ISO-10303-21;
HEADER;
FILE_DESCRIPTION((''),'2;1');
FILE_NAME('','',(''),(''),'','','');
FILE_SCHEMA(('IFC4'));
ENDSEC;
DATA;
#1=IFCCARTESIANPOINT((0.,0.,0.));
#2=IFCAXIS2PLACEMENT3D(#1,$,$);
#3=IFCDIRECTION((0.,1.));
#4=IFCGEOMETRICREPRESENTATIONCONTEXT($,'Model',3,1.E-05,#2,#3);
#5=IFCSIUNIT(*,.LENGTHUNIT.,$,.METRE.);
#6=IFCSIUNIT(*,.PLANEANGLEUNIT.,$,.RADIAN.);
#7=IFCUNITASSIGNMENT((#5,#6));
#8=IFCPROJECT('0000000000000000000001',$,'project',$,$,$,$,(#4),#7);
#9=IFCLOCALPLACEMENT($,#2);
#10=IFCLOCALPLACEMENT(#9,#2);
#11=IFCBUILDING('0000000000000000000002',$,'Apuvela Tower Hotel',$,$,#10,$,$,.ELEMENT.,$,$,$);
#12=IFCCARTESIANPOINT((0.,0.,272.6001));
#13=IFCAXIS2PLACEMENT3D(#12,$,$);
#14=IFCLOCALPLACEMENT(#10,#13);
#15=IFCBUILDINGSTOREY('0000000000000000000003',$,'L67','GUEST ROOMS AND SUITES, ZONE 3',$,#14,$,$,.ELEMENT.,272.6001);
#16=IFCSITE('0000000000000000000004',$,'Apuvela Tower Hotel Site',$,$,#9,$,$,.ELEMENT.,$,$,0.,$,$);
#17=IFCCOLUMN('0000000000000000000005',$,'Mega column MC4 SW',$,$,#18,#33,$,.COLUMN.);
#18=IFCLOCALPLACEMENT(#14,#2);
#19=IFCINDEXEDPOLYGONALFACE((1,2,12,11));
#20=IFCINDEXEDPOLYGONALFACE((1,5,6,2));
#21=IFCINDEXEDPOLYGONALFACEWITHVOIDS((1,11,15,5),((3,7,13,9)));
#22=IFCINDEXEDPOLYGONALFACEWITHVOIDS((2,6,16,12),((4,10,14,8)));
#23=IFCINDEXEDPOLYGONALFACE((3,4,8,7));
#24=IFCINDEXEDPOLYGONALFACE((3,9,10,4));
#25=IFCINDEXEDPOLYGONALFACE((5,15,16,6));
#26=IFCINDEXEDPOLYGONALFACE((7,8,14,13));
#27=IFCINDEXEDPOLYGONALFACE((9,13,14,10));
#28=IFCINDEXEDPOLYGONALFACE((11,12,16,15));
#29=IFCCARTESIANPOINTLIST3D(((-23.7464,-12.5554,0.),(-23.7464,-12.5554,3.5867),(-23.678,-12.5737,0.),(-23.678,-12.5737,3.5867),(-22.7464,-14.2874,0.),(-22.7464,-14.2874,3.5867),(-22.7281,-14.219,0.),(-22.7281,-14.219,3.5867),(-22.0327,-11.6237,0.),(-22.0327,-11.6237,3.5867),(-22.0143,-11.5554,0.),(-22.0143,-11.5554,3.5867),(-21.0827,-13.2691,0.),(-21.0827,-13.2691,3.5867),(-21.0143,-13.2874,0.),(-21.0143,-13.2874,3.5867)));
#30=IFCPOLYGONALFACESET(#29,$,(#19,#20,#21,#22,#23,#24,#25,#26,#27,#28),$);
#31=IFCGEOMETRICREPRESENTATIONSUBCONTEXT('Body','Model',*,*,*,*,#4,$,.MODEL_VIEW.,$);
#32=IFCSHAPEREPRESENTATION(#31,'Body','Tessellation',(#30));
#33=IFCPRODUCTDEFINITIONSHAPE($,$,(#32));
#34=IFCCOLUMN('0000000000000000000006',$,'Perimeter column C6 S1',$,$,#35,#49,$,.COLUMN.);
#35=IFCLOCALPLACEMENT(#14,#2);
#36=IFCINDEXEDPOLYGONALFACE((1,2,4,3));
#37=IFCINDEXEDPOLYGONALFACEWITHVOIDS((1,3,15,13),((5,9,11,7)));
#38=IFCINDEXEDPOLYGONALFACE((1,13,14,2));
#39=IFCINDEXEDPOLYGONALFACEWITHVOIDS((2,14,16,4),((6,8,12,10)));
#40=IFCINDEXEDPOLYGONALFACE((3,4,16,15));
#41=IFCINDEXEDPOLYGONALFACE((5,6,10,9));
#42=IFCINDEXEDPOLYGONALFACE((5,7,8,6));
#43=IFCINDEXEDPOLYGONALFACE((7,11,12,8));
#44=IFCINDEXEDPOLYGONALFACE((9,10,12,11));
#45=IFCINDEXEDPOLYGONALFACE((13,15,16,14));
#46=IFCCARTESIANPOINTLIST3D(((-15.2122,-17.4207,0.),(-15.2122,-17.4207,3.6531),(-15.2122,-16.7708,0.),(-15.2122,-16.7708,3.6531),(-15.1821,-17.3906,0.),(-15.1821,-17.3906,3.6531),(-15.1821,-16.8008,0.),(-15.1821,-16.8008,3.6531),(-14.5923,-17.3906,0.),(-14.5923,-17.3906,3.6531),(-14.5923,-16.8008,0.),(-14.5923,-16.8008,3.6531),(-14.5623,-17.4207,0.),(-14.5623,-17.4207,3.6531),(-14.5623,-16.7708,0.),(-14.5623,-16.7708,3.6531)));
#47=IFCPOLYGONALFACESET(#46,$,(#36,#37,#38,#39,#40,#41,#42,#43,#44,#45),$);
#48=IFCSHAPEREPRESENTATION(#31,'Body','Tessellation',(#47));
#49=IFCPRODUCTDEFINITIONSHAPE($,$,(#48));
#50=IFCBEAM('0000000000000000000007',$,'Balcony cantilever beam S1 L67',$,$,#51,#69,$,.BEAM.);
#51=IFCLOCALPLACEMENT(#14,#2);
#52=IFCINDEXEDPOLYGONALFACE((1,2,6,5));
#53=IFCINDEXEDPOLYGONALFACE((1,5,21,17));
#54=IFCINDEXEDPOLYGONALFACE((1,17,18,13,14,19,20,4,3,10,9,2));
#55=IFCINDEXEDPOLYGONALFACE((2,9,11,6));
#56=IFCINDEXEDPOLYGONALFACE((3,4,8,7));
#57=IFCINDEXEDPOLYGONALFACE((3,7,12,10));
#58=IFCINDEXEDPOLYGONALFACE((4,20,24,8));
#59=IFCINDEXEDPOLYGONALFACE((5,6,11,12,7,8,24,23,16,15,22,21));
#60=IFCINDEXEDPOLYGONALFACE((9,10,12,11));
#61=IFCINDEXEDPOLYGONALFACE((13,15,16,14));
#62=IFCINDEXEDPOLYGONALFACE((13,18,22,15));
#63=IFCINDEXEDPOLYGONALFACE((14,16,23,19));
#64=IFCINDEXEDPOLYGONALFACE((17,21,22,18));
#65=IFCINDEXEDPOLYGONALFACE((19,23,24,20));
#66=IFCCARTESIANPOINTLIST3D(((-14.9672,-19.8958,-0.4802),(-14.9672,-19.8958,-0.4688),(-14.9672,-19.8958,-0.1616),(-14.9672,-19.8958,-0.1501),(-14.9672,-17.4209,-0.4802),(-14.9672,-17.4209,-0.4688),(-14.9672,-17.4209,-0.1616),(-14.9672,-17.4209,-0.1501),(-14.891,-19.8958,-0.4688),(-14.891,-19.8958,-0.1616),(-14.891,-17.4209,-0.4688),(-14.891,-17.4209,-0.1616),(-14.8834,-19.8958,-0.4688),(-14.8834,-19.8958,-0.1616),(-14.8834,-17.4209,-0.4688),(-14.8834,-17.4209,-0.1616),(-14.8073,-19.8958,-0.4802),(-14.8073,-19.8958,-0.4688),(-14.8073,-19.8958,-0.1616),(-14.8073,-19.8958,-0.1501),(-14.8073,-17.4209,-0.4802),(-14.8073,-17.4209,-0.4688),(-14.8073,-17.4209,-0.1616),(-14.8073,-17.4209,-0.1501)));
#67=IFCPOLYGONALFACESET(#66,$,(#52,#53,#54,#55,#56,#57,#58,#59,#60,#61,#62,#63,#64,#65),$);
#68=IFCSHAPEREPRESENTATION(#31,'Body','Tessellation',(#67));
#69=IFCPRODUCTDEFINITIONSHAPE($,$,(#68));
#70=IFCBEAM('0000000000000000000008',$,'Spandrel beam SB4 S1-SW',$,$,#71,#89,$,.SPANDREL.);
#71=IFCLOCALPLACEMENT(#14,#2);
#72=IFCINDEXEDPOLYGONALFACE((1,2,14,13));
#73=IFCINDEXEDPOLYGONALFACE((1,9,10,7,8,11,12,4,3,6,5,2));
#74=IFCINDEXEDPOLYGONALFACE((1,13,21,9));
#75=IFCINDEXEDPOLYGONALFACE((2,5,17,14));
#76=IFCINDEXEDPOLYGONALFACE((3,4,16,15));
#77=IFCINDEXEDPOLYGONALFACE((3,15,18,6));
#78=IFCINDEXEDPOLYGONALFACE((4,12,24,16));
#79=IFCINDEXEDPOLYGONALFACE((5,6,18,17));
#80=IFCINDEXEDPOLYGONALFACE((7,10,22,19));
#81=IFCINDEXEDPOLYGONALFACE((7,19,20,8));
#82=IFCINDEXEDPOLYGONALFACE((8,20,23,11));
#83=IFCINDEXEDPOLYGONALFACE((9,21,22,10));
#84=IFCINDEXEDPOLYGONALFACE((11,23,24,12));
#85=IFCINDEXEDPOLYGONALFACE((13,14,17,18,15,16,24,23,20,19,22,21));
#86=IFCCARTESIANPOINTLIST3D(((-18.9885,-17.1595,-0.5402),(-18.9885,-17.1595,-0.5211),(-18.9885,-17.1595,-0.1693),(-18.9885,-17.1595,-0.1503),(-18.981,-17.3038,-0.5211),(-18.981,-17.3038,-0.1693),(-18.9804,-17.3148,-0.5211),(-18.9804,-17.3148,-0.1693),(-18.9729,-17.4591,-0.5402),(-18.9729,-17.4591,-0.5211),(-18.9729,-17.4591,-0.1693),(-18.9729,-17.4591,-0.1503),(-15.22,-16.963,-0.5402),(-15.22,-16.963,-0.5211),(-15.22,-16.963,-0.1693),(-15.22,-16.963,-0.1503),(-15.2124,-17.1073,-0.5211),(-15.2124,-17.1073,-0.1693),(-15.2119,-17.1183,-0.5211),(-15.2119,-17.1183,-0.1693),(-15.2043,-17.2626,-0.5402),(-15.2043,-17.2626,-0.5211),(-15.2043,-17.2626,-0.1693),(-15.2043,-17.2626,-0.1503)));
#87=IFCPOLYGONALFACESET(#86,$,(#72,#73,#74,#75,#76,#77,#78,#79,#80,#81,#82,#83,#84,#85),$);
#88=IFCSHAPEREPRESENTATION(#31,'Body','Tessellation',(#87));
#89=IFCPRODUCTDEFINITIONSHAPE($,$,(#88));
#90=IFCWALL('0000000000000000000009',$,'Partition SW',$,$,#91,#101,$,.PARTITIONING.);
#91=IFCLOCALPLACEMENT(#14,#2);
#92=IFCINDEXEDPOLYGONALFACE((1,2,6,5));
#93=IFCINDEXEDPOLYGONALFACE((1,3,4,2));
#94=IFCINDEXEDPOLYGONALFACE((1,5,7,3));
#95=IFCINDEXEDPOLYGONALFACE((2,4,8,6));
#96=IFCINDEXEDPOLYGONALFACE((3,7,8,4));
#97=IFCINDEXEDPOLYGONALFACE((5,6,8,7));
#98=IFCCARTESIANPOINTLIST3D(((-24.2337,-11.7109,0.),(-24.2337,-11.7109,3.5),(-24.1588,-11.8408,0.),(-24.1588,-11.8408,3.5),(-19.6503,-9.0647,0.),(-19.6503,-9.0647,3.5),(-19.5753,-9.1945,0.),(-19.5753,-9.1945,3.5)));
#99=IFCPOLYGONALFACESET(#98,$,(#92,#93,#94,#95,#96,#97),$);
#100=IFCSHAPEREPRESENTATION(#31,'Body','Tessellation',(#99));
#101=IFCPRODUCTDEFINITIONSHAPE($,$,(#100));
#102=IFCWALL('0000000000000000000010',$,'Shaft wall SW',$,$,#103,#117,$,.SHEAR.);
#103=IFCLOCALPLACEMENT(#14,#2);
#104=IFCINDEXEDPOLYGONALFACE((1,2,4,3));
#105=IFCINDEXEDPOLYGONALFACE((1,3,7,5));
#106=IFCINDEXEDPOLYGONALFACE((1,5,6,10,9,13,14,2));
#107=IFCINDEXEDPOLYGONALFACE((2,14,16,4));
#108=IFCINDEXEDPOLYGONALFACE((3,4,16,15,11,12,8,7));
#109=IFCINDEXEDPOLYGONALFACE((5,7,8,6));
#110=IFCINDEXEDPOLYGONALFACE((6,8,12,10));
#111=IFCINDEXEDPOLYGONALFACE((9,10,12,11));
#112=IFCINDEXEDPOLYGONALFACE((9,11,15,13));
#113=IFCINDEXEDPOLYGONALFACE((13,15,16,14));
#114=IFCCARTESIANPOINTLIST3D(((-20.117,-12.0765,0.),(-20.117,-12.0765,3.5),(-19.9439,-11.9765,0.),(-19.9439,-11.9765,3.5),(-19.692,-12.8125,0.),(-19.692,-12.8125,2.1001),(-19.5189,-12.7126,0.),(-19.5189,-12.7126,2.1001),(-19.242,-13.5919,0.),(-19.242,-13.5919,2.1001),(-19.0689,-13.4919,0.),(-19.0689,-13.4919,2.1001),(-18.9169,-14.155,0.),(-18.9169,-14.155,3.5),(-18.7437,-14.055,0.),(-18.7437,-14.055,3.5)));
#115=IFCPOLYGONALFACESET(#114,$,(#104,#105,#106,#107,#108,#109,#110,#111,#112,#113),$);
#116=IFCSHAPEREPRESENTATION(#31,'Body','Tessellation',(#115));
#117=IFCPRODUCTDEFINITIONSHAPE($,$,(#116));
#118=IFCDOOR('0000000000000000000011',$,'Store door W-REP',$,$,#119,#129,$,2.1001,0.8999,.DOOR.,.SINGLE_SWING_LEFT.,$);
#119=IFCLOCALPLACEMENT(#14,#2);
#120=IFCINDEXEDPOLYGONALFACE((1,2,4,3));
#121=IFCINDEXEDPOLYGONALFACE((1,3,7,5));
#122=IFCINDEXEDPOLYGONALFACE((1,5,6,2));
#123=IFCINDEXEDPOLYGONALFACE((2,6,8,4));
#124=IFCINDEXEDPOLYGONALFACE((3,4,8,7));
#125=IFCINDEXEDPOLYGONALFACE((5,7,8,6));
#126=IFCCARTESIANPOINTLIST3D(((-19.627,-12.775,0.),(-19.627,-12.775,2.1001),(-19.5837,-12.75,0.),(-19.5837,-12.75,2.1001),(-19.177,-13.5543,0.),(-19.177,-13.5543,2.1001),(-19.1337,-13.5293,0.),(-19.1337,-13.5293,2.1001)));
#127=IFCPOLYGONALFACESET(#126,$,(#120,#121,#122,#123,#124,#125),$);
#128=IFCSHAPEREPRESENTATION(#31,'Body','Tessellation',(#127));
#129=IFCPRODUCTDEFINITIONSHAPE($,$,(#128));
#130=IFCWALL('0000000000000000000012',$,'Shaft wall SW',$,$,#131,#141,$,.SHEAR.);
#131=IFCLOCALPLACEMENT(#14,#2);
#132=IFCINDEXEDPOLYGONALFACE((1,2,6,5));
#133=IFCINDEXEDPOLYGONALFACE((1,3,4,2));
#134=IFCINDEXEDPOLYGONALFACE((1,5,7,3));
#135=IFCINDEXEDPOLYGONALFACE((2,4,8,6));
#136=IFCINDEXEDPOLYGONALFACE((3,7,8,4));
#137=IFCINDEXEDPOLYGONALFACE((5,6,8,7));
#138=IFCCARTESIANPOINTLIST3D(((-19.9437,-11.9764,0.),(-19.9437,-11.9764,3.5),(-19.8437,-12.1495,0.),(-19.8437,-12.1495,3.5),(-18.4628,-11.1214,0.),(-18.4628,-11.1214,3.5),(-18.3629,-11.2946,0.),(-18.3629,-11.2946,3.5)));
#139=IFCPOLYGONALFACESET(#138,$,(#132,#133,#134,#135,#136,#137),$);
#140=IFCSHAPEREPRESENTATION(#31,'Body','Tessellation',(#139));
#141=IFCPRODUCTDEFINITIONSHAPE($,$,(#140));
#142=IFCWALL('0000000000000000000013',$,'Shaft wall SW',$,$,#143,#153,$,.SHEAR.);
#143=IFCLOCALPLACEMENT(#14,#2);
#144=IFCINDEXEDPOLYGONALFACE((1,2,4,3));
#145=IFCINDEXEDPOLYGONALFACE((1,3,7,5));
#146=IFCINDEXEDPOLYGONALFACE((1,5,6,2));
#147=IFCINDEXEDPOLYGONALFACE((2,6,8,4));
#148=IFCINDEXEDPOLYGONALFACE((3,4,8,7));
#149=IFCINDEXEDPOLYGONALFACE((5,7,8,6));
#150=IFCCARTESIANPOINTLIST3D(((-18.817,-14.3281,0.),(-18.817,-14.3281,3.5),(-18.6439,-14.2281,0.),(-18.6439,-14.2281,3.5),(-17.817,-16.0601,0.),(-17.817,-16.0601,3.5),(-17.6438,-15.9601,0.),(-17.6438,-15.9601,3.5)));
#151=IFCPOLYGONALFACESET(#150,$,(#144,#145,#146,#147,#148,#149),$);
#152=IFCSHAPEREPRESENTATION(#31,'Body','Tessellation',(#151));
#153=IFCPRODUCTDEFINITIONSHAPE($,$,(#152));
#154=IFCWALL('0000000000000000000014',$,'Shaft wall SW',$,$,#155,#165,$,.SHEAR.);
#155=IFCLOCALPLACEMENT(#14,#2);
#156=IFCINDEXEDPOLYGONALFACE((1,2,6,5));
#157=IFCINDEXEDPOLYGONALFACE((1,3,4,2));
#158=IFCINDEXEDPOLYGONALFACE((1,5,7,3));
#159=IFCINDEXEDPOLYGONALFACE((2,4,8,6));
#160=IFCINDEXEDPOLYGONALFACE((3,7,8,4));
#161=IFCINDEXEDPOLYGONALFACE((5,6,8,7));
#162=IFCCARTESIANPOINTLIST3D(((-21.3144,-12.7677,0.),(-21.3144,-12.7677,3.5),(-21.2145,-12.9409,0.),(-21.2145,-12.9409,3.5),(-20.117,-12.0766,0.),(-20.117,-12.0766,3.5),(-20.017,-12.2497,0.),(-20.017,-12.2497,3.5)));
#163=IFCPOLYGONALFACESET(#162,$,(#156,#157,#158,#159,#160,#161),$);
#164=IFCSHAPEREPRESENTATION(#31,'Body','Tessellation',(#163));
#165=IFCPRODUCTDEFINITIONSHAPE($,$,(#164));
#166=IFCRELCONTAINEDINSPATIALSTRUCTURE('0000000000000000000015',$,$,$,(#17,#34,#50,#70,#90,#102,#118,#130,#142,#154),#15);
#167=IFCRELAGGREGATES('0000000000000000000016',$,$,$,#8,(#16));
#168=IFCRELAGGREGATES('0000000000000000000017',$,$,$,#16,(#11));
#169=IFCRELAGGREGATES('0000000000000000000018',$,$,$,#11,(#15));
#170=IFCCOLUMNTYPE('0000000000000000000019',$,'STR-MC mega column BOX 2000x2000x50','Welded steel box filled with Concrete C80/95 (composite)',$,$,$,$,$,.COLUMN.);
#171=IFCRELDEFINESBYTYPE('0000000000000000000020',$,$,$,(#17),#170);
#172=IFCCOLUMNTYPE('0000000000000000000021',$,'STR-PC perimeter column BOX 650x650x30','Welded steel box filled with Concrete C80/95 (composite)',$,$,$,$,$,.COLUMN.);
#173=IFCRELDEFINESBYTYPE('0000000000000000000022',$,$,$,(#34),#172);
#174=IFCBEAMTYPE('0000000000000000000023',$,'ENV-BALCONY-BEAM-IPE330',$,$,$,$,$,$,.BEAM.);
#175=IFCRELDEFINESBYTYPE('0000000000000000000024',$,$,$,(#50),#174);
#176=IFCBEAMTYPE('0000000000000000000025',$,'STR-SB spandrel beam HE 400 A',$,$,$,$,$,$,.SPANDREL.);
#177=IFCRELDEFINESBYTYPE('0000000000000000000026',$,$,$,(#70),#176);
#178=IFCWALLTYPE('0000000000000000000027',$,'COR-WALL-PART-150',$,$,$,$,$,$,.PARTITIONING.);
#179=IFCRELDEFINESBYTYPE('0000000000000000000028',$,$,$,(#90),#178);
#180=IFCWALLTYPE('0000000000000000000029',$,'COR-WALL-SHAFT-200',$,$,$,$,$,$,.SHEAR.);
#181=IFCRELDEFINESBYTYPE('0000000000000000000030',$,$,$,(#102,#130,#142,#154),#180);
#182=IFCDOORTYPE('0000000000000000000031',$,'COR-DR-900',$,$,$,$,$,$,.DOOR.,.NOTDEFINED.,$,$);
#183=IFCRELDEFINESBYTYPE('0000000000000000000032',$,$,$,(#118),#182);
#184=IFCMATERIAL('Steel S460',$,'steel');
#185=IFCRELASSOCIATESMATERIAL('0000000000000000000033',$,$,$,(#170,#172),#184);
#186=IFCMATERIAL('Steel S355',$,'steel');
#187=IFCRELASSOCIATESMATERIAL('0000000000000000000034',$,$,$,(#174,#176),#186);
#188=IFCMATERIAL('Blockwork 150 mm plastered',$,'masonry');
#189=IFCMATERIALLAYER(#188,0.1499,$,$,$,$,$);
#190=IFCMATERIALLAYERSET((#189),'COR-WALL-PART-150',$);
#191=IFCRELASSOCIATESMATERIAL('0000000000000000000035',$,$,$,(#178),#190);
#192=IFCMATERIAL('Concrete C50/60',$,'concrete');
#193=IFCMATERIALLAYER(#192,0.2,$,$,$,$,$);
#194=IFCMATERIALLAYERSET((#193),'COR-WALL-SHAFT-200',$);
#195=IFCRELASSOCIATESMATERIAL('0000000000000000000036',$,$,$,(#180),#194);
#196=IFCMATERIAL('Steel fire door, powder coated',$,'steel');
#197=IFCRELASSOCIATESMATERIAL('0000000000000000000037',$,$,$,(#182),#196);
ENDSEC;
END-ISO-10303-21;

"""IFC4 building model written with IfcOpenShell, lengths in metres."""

from ifc_helpers import new_model, si_unit, direction, frame, frame_2d, origin, origin_2d, place, context, subcontext, project, spatial, rectangle, hollow_rectangle, i_section, extrude, boolean, halfspace, material, layer, layer_set, material_profile, profile_set, type_object, element, fill, save


model = new_model("IFC4")

# Units and contexts
model_context = context("Model", 3, precision=1e-05, world=origin(), true_north=direction((0.0, 1.0)))
body_context = subcontext(model_context, "Body", "Model", "MODEL_VIEW")
ifc_project = project(units=[si_unit("LENGTHUNIT", "METRE"), si_unit("PLANEANGLEUNIT", "RADIAN")], contexts=[model_context])

# Site, building, storey
site_placement = place(None, origin())
site = spatial("IfcSite", under=ifc_project, at=site_placement, Name="Apuvela Tower Hotel Site", CompositionType="ELEMENT", RefElevation=0.0)
building_placement = place(site_placement, origin())
building = spatial("IfcBuilding", under=site, at=building_placement, Name="Apuvela Tower Hotel", CompositionType="ELEMENT")
storey_placement = place(building_placement, frame((0.0, 0.0, 272.6001)))
storey = spatial("IfcBuildingStorey", under=building, at=storey_placement, Name="L67", Description="GUEST ROOMS AND SUITES, ZONE 3", CompositionType="ELEMENT", Elevation=272.6001)

# Columns
ifc_material_1 = material(Name="Steel S460", Category="steel")
ifc_material_profile_1 = material_profile(ifc_material_1, hollow_rectangle(XDim=2.0, YDim=2.0, WallThickness=0.05, at=origin_2d()), Name="BOX 2000x2000x50")
ifc_material_2 = material(Name="Concrete C80/95", Category="concrete")
ifc_material_profile_2 = material_profile(ifc_material_2, rectangle(XDim=1.8999, YDim=1.8999, at=origin_2d()), Name="Concrete C80/95 infill")
ifc_profile_set_1 = profile_set([ifc_material_profile_1, ifc_material_profile_2], Name="Steel S460")
column_type_1 = type_object("IfcColumnType", Name="STR-MC mega column BOX 2000x2000x50", Description="Welded steel box filled with Concrete C80/95 (composite)", PredefinedType="COLUMN", material=ifc_profile_set_1)
column_1_placement = place(storey_placement, frame((-22.3804, -12.9214, 0.0), z_axis=(0.0, 0.0, 1.0), x_axis=(-0.5, 0.866025, 0.0)))
element("IfcColumn", 1, at=column_1_placement, inside=storey, type_object=column_type_1, Name="Mega column MC4 SW", PredefinedType="COLUMN", context=body_context, shape_type="SweptSolid", body=[
    boolean("DIFFERENCE", extrude(hollow_rectangle(XDim=2.0, YDim=2.0, WallThickness=0.05, at=origin_2d()), origin(), (0.0, 0.0, 1.0), 3.7), halfspace(frame((0.0, 0.0, 3.5867), z_axis=(0.0, 0.0, 1.0), x_axis=(1.0, 0.0, 0.0)), False)),
])
ifc_material_profile_3 = material_profile(ifc_material_1, hollow_rectangle(XDim=0.6499, YDim=0.6499, WallThickness=0.03, at=origin_2d()), Name="BOX 650x650x30")
ifc_material_profile_4 = material_profile(ifc_material_2, rectangle(XDim=0.5901, YDim=0.5901, at=origin_2d()), Name="Concrete C80/95 infill")
ifc_profile_set_2 = profile_set([ifc_material_profile_3, ifc_material_profile_4], Name="Steel S460")
column_type_2 = type_object("IfcColumnType", Name="STR-PC perimeter column BOX 650x650x30", Description="Welded steel box filled with Concrete C80/95 (composite)", PredefinedType="COLUMN", material=ifc_profile_set_2)
column_2_placement = place(storey_placement, frame((-14.8872, -17.0957, 0.0), z_axis=(0.0, 0.0, 1.0), x_axis=(-1.0, 0.0, 0.0)))
element("IfcColumn", 2, at=column_2_placement, inside=storey, type_object=column_type_2, Name="Perimeter column C6 S1", PredefinedType="COLUMN", context=body_context, shape_type="SweptSolid", body=[
    boolean("DIFFERENCE", extrude(hollow_rectangle(XDim=0.6499, YDim=0.6499, WallThickness=0.03, at=origin_2d()), origin(), (0.0, 0.0, 1.0), 3.7), halfspace(frame((0.0, 0.0, 3.6531), z_axis=(0.0, 0.0, 1.0), x_axis=(1.0, 0.0, 0.0)), False)),
])

# Beams
ifc_material_3 = material(Name="Steel S355", Category="steel")
ifc_material_profile_5 = material_profile(ifc_material_3, i_section(OverallWidth=0.1599, OverallDepth=0.3301, WebThickness=0.0076, FlangeThickness=0.0115, at=origin_2d()), Name="IPE 330")
ifc_profile_set_3 = profile_set([ifc_material_profile_5], Name="Steel S355")
beam_type_1 = type_object("IfcBeamType", Name="ENV-BALCONY-BEAM-IPE330", PredefinedType="BEAM", material=ifc_profile_set_3)
beam_1_placement = place(storey_placement, frame((-14.8872, -17.4209, -0.3152), z_axis=(0.0, -1.0, 0.0), x_axis=(1.0, 0.0, 0.0)))
element("IfcBeam", 3, at=beam_1_placement, inside=storey, type_object=beam_type_1, Name="Balcony cantilever beam S1 L67", PredefinedType="BEAM", context=body_context, shape_type="SweptSolid", body=[
    extrude(i_section(OverallWidth=0.1599, OverallDepth=0.3301, WebThickness=0.0076, FlangeThickness=0.0115, at=origin_2d()), origin(), (0.0, 0.0, 1.0), 2.4749),
])
ifc_material_profile_6 = material_profile(ifc_material_3, i_section(OverallWidth=0.3, OverallDepth=0.3899, WebThickness=0.011, FlangeThickness=0.019, at=origin_2d()), Name="HE 400 A")
ifc_profile_set_4 = profile_set([ifc_material_profile_6], Name="Steel S355")
beam_type_2 = type_object("IfcBeamType", Name="STR-SB spandrel beam HE 400 A", PredefinedType="SPANDREL", material=ifc_profile_set_4)
beam_2_placement = place(storey_placement, frame((-15.2122, -17.1128, -0.3452), z_axis=(-0.998643, -0.05208, 0.0), x_axis=(0.05208, -0.998643, 0.0)))
element("IfcBeam", 4, at=beam_2_placement, inside=storey, type_object=beam_type_2, Name="Spandrel beam SB4 S1-SW", PredefinedType="SPANDREL", context=body_context, shape_type="SweptSolid", body=[
    extrude(i_section(OverallWidth=0.3, OverallDepth=0.3899, WebThickness=0.011, FlangeThickness=0.019, at=origin_2d()), origin(), (0.0, 0.0, 1.0), 3.7737),
])

# Wall
ifc_material_4 = material(Name="Blockwork 150 mm plastered", Category="masonry")
ifc_layer_1 = layer(ifc_material_4, 0.1499)
ifc_layer_set_1 = layer_set([ifc_layer_1], Name="COR-WALL-PART-150")
wall_type_1 = type_object("IfcWallType", Name="COR-WALL-PART-150", PredefinedType="PARTITIONING", material=ifc_layer_set_1)
wall_1_placement = place(storey_placement, frame((-19.6128, -9.1296, 0.0), z_axis=(0.0, 0.0, 1.0), x_axis=(-0.866029, -0.499994, 0.0)))
element("IfcWall", 5, at=wall_1_placement, inside=storey, type_object=wall_type_1, Name="Partition SW", PredefinedType="PARTITIONING", context=body_context, shape_type="SweptSolid", body=[
    extrude(rectangle(XDim=5.2925, YDim=0.1499, at=frame_2d((2.6462, 0.0))), origin(), (0.0, 0.0, 1.0), 3.5),
])

# Wall, opening, door
ifc_material_5 = material(Name="Concrete C50/60", Category="concrete")
ifc_layer_2 = layer(ifc_material_5, 0.2)
ifc_layer_set_2 = layer_set([ifc_layer_2], Name="COR-WALL-SHAFT-200")
wall_type_2 = type_object("IfcWallType", Name="COR-WALL-SHAFT-200", PredefinedType="SHEAR", material=ifc_layer_set_2)
wall_2_placement = place(storey_placement, frame((-20.0305, -12.0264, 0.0), z_axis=(0.0, 0.0, 1.0), x_axis=(0.500034, -0.866006, 0.0)))
wall_2 = element("IfcWall", 6, at=wall_2_placement, inside=storey, type_object=wall_type_2, Name="Shaft wall SW", PredefinedType="SHEAR", context=body_context, shape_type="SweptSolid", body=[
    extrude(rectangle(XDim=2.4001, YDim=0.2, at=frame_2d((1.2002, 0.0))), origin(), (0.0, 0.0, 1.0), 3.5),
])
opening_1_placement = place(wall_2_placement, frame((0.8501, 0.0, 0.0)))
opening_1 = element("IfcOpeningElement", 7, at=opening_1_placement, cuts=wall_2, PredefinedType="OPENING", context=body_context, shape_type="SweptSolid", body=[
    extrude(rectangle(XDim=0.8999, YDim=2.1001, at=frame_2d((0.45, 1.05))), frame((0.0, 0.1099, 0.0), z_axis=(0.0, -1.0, 0.0), x_axis=(1.0, 0.0, 0.0)), (0.0, 0.0, 1.0), 0.22),
])
ifc_material_6 = material(Name="Steel fire door, powder coated", Category="steel")
door_type_1 = type_object("IfcDoorType", Name="COR-DR-900", OperationType="NOTDEFINED", PredefinedType="DOOR", material=ifc_material_6)
door_1_placement = place(opening_1_placement, frame((0.8999, 0.0, 0.0), z_axis=(0.0, 0.0, 1.0), x_axis=(-1.0, 0.0, 0.0)))
door_1 = element("IfcDoor", 8, at=door_1_placement, inside=storey, type_object=door_type_1, Name="Store door W-REP", OperationType="SINGLE_SWING_LEFT", OverallHeight=2.1001, OverallWidth=0.8999, PredefinedType="DOOR", context=body_context, shape_type="SweptSolid", body=[
    extrude(rectangle(XDim=0.8999, YDim=2.1001, at=frame_2d((0.45, 1.05))), frame((0.0, 0.0249, 0.0), z_axis=(0.0, -1.0, 0.0), x_axis=(1.0, 0.0, 0.0)), (0.0, 0.0, 1.0), 0.05),
])
fill(opening_1, door_1)

# Walls
wall_3_placement = place(storey_placement, frame((-18.4128, -11.208, 0.0), z_axis=(0.0, 0.0, 1.0), x_axis=(-0.866038, -0.499978, 0.0)))
element("IfcWall", 9, at=wall_3_placement, inside=storey, type_object=wall_type_2, Name="Shaft wall SW", PredefinedType="SHEAR", context=body_context, shape_type="SweptSolid", body=[
    extrude(rectangle(XDim=1.71, YDim=0.2, at=frame_2d((0.855, 0.0))), origin(), (0.0, 0.0, 1.0), 3.5),
])
wall_4_placement = place(storey_placement, frame((-18.7305, -14.2781, 0.0), z_axis=(0.0, 0.0, 1.0), x_axis=(0.500025, -0.866011, 0.0)))
element("IfcWall", 10, at=wall_4_placement, inside=storey, type_object=wall_type_2, Name="Shaft wall SW", PredefinedType="SHEAR", context=body_context, shape_type="SweptSolid", body=[
    extrude(rectangle(XDim=2.0, YDim=0.2, at=frame_2d((1.0, 0.0))), origin(), (0.0, 0.0, 1.0), 3.5),
])
wall_5_placement = place(storey_placement, frame((-20.0669, -12.1631, 0.0), z_axis=(0.0, 0.0, 1.0), x_axis=(-0.866094, -0.49988, 0.0)))
element("IfcWall", 11, at=wall_5_placement, inside=storey, type_object=wall_type_2, Name="Shaft wall SW", PredefinedType="SHEAR", context=body_context, shape_type="SweptSolid", body=[
    extrude(rectangle(XDim=1.3826, YDim=0.2, at=frame_2d((0.6914, 0.0))), origin(), (0.0, 0.0, 1.0), 3.5),
])

save(model, "model.ifc")
